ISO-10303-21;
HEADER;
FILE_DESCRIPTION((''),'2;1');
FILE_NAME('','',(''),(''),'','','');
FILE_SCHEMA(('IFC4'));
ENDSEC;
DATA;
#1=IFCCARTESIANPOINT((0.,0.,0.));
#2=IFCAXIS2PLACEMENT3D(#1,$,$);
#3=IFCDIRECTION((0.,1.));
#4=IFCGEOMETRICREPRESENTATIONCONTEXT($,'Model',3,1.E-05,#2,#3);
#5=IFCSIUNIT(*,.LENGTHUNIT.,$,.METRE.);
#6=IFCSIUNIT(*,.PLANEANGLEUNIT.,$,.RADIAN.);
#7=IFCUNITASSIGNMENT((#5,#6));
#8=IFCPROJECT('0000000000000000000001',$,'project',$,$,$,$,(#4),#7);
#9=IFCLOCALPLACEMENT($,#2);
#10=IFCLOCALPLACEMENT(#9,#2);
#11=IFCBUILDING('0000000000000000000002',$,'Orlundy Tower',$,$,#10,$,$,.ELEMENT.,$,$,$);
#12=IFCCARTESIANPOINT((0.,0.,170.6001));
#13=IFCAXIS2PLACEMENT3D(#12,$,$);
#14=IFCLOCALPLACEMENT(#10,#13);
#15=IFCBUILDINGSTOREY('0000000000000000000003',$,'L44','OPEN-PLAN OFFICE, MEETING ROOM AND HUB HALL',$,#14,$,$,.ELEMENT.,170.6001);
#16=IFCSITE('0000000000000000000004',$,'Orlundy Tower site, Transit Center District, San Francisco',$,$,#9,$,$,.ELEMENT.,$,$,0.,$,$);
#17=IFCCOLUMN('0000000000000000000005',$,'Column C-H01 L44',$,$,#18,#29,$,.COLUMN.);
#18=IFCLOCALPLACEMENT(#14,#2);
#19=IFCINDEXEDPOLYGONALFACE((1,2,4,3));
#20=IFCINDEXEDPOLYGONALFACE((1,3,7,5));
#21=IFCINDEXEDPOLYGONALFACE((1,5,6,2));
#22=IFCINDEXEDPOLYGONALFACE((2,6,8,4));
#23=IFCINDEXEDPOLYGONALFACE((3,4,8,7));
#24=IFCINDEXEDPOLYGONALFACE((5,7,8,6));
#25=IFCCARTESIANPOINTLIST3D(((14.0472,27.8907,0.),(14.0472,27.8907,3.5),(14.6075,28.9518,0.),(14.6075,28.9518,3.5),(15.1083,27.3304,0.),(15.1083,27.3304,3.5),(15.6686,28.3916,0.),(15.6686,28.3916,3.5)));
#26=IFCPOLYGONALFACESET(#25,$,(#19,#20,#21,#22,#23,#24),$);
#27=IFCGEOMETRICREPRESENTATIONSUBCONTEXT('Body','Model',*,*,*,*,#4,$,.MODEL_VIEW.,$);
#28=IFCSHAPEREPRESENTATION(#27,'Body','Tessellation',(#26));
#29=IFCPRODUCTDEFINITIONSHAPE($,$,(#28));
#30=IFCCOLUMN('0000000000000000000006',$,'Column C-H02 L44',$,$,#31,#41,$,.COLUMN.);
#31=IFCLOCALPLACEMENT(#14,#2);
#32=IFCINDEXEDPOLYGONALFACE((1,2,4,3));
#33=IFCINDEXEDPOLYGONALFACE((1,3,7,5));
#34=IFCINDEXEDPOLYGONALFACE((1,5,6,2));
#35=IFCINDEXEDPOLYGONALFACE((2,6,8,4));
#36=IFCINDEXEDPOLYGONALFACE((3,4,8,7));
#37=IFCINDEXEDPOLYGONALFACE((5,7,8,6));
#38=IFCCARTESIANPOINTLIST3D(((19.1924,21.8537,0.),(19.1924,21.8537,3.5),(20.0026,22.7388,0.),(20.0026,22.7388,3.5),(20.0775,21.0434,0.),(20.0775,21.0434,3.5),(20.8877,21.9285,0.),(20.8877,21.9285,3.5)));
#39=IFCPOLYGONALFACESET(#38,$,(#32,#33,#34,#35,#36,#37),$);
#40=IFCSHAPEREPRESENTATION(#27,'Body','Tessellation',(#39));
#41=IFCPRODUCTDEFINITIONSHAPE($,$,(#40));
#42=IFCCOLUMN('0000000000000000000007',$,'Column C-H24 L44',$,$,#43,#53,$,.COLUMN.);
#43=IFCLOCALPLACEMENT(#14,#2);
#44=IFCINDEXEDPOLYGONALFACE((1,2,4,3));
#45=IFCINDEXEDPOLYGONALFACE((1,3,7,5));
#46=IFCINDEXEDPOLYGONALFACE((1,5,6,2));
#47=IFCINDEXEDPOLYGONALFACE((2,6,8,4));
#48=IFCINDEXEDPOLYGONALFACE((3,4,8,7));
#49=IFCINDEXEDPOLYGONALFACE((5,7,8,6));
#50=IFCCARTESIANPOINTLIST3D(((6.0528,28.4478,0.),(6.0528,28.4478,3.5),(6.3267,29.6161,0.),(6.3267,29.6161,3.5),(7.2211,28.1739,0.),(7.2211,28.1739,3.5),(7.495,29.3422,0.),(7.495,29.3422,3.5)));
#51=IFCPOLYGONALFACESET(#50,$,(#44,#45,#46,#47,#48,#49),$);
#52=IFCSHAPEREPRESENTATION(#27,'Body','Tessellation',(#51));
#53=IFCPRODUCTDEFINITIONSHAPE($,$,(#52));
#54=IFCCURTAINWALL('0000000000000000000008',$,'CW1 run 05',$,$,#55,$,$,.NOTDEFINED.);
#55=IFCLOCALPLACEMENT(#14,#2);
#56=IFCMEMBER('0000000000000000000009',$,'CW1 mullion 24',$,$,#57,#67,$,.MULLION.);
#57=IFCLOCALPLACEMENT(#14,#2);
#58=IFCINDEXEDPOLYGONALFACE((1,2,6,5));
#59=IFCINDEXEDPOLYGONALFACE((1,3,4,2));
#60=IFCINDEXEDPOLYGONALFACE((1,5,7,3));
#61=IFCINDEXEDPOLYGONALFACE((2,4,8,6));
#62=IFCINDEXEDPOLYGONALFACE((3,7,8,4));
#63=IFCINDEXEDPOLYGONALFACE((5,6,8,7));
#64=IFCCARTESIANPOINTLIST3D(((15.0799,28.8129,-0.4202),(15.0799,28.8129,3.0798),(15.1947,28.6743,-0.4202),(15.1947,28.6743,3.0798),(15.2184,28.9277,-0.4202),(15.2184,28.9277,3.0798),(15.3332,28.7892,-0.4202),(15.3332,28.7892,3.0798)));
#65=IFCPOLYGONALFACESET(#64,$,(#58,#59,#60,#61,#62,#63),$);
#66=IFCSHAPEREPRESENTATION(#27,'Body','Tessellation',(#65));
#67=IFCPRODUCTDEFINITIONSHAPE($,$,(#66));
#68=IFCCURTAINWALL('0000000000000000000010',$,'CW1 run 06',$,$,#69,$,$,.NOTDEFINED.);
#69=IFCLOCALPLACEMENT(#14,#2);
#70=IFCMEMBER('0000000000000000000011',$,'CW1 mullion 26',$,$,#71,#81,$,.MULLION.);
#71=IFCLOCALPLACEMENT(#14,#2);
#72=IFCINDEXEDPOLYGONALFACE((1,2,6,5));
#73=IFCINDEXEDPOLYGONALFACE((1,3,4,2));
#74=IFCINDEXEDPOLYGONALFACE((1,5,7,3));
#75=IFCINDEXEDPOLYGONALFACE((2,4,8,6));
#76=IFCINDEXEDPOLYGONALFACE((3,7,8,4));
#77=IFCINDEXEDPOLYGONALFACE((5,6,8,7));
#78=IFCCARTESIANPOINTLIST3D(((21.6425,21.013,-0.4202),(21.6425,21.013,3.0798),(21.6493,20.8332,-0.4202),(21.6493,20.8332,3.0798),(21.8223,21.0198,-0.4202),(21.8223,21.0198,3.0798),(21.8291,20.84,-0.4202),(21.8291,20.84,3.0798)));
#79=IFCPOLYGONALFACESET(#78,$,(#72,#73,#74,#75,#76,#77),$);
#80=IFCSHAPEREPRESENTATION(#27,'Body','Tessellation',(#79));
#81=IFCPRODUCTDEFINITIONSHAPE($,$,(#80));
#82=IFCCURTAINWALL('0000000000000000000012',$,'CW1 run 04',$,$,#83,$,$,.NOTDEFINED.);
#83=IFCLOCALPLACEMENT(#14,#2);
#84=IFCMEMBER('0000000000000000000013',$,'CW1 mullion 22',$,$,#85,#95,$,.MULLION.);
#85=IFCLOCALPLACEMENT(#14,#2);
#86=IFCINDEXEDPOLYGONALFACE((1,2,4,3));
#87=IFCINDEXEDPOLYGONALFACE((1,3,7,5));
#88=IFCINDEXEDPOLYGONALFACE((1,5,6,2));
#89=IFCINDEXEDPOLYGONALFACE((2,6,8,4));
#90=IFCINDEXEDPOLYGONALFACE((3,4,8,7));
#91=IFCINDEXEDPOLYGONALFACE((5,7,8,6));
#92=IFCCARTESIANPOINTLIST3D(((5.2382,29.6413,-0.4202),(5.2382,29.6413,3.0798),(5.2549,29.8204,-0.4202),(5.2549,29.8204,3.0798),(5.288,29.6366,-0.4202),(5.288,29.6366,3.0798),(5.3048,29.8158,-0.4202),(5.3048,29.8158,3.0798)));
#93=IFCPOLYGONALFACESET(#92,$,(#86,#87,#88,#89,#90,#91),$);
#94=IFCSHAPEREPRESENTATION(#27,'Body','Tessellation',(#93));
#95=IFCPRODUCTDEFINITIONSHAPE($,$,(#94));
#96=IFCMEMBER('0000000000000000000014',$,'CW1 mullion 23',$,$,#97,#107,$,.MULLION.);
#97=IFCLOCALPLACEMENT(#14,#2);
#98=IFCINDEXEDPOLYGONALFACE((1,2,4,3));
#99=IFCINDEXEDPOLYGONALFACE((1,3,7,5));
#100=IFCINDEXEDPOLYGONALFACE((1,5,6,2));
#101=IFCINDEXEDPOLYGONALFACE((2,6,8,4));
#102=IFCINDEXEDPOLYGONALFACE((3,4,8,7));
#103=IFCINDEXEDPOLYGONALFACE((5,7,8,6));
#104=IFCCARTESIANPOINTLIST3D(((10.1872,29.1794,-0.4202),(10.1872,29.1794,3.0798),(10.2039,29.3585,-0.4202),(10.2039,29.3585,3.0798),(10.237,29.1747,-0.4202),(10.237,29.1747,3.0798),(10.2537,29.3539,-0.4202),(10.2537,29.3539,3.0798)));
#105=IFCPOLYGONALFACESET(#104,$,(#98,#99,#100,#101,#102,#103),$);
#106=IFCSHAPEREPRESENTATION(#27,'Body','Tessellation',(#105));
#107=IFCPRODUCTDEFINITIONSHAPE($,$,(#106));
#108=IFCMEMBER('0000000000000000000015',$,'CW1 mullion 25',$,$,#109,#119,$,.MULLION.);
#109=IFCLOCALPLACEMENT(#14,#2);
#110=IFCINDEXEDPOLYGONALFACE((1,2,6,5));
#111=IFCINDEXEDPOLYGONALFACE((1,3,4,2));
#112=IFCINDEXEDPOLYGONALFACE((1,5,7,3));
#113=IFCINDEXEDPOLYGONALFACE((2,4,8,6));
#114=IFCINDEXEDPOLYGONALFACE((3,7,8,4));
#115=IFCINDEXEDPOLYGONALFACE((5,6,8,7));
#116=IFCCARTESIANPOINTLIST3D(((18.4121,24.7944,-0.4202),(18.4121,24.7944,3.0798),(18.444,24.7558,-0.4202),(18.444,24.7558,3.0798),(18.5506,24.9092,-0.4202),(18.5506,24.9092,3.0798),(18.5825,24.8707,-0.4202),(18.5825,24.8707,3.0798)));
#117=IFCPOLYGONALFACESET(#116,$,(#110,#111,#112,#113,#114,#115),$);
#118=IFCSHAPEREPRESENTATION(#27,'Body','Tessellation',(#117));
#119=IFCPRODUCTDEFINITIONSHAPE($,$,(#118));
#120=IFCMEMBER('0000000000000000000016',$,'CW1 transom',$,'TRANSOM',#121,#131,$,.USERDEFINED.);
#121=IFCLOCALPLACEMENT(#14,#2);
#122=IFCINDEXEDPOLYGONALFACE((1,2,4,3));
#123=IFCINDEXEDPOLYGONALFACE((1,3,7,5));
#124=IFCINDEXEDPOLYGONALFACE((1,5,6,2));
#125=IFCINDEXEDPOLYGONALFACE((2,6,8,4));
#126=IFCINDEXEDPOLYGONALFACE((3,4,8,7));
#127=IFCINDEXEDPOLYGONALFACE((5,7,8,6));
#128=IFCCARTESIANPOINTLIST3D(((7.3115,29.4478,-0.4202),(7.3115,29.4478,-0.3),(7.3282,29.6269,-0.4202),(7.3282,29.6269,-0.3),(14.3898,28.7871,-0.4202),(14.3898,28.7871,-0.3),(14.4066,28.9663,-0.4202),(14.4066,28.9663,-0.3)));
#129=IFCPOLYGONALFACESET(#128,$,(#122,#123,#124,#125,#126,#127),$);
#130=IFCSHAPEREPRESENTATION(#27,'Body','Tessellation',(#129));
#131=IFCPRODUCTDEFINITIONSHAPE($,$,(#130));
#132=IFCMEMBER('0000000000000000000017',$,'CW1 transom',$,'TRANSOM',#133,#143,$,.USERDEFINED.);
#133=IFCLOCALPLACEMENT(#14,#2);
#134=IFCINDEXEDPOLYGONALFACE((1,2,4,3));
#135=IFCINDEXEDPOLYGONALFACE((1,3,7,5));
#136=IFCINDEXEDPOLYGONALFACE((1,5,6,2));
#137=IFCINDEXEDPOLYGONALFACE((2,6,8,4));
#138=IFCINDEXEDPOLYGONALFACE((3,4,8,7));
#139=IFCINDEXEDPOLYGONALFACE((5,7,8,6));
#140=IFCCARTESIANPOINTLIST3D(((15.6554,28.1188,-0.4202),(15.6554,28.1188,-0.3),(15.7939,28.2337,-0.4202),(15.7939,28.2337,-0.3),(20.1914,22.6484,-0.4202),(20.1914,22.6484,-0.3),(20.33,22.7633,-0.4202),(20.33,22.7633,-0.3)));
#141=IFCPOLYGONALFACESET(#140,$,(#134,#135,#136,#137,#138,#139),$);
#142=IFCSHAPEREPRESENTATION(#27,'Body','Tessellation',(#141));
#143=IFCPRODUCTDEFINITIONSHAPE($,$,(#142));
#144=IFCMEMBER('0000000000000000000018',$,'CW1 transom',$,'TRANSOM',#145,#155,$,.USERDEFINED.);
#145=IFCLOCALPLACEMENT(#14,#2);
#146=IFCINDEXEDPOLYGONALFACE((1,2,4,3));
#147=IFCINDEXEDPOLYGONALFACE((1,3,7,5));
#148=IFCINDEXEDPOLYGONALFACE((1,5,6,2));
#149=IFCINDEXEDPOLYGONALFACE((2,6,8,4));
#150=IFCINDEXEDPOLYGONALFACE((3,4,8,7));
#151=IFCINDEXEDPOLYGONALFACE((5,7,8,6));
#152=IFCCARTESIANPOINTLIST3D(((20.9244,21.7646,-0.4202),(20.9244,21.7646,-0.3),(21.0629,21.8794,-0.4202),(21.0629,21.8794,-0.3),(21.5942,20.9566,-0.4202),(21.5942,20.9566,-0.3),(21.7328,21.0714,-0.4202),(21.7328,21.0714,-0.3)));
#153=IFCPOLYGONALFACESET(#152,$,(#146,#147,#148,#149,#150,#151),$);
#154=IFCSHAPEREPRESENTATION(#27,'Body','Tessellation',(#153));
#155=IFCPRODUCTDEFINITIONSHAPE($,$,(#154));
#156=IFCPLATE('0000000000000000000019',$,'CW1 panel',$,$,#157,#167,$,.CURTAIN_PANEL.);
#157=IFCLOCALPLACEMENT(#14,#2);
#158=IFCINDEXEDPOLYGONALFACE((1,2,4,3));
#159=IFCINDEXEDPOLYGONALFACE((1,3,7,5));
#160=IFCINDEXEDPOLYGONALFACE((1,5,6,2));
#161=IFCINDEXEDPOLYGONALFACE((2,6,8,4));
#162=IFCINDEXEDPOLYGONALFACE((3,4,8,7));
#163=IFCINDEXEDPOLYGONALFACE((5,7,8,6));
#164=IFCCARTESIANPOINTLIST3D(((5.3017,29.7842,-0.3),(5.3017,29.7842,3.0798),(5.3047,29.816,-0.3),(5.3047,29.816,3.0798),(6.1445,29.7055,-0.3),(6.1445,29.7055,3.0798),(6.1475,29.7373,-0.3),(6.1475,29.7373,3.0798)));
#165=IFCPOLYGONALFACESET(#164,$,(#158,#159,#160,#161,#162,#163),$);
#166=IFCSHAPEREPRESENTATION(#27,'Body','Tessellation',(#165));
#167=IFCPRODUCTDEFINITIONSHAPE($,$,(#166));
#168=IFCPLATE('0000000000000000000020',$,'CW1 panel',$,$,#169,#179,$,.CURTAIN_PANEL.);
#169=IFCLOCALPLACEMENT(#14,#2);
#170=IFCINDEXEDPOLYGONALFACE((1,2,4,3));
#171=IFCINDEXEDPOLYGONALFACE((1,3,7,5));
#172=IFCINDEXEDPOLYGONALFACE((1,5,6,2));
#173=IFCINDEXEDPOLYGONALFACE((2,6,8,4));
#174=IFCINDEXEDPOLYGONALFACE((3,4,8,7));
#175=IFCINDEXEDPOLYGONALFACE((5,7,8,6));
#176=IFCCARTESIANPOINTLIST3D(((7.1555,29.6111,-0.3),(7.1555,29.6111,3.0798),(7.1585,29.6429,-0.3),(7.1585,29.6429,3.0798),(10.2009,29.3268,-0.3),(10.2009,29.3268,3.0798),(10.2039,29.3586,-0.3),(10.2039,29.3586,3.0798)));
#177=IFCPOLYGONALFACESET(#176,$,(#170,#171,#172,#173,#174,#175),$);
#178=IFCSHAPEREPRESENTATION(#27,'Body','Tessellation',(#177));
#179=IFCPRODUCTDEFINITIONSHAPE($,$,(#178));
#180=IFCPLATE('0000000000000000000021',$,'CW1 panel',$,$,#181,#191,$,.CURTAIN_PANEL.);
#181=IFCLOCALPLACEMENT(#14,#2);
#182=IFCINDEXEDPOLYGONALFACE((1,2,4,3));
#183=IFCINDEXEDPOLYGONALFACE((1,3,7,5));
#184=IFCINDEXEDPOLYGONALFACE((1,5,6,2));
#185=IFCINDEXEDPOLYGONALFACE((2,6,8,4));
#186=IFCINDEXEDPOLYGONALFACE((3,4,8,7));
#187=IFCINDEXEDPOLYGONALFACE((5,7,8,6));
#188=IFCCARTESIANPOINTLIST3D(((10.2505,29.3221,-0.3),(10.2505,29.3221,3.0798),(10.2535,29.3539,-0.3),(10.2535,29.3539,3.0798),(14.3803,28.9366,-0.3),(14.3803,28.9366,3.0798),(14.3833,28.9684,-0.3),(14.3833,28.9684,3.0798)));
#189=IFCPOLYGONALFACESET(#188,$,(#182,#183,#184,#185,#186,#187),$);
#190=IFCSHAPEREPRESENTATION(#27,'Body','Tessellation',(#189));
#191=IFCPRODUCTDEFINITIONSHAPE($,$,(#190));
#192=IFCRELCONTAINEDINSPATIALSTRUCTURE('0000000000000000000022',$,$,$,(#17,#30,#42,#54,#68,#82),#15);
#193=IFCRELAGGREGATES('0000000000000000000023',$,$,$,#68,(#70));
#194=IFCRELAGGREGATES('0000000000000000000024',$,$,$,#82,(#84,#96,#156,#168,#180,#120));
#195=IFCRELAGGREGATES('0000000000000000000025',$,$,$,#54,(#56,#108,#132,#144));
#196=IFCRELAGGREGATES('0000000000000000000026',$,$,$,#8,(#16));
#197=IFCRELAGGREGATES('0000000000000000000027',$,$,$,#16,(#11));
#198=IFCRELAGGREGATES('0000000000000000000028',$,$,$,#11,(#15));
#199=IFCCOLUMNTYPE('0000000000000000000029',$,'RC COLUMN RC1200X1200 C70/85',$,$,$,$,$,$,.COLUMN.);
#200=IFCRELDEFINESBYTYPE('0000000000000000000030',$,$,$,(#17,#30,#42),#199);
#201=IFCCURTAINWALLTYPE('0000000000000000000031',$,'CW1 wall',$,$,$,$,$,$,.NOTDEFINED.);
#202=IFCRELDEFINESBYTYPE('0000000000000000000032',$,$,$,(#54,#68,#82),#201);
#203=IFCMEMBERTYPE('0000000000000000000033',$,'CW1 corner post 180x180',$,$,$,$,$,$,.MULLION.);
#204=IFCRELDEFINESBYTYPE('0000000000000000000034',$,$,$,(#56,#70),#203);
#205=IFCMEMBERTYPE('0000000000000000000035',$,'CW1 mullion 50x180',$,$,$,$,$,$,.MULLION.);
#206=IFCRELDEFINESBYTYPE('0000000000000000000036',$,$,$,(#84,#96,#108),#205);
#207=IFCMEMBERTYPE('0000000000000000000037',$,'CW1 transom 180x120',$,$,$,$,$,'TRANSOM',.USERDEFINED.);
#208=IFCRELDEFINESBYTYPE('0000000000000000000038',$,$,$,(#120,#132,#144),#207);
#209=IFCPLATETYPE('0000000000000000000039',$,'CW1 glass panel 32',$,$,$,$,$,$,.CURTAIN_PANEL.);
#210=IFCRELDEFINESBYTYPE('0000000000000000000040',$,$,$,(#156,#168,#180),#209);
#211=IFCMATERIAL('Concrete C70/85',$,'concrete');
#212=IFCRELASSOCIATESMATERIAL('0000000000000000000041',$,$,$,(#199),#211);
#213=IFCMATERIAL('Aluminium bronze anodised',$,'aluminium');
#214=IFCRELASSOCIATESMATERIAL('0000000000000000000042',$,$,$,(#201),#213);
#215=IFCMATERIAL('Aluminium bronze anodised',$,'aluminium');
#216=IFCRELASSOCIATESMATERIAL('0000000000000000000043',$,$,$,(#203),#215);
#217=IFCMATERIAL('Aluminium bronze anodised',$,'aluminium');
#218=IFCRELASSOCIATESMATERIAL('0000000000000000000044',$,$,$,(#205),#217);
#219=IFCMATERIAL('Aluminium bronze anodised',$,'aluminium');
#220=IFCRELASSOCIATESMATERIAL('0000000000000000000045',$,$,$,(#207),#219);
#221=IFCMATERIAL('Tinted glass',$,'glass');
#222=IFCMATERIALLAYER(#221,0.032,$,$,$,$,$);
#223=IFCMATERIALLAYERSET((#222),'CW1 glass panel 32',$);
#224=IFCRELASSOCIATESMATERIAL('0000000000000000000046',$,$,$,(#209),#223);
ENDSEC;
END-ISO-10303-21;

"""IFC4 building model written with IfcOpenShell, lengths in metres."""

from ifc_helpers import new_model, si_unit, direction, frame, origin, origin_2d, place, context, subcontext, project, spatial, rectangle, extrude, material, layer, layer_set, material_profile, profile_set, type_object, element, aggregate, save


model = new_model("IFC4")

# Units and contexts
model_context = context("Model", 3, precision=1e-05, world=origin(), true_north=direction((0.0, 1.0)))
body_context = subcontext(model_context, "Body", "Model", "MODEL_VIEW")
ifc_project = project(units=[si_unit("LENGTHUNIT", "METRE"), si_unit("PLANEANGLEUNIT", "RADIAN")], contexts=[model_context])

# Site, building, storey
site_placement = place(None, origin())
site = spatial("IfcSite", under=ifc_project, at=site_placement, Name="Orlundy Tower site, Transit Center District, San Francisco", CompositionType="ELEMENT", RefElevation=0.0)
building_placement = place(site_placement, origin())
building = spatial("IfcBuilding", under=site, at=building_placement, Name="Orlundy Tower", CompositionType="ELEMENT")
storey_placement = place(building_placement, frame((0.0, 0.0, 170.6001)))
storey = spatial("IfcBuildingStorey", under=building, at=storey_placement, Name="L44", Description="OPEN-PLAN OFFICE, MEETING ROOM AND HUB HALL", CompositionType="ELEMENT", Elevation=170.6001)

# Columns
ifc_material_1 = material(Name="Concrete C70/85", Category="concrete")
ifc_material_profile_1 = material_profile(ifc_material_1, rectangle(XDim=1.2, YDim=1.2, at=origin_2d()), Name="RC1200X1200")
ifc_profile_set_1 = profile_set([ifc_material_profile_1], Name="Concrete C70/85")
column_type = type_object("IfcColumnType", Name="RC COLUMN RC1200X1200 C70/85", PredefinedType="COLUMN", material=ifc_profile_set_1)
for number, where, z_axis, x_axis, name in (
    (1, (14.8579, 28.1411, 0.0), (0.0, 0.0, 1.0), (0.466896, 0.884312, 0.0), "Column C-H01 L44"),
    (2, (20.04, 21.8911, 0.0), (0.0, 0.0, 1.0), (0.67523, 0.737607, 0.0), "Column C-H02 L44"),
    (3, (6.7739, 28.895, 0.0), (0.0, 0.0, 1.0), (0.228249, 0.973603, 0.0), "Column C-H24 L44"),
):
    element("IfcColumn", number, at=place(storey_placement, frame(where, z_axis=z_axis, x_axis=x_axis)), inside=storey, type_object=column_type, Name=name, PredefinedType="COLUMN", context=body_context, shape_type="SweptSolid", body=[
        extrude(rectangle(XDim=1.2, YDim=1.2, at=origin_2d()), origin(), (0.0, 0.0, 1.0), 3.5),
    ])

# Curtain walls, members
ifc_material_2 = material(Name="Aluminium bronze anodised", Category="aluminium")
curtain_wall_type = type_object("IfcCurtainWallType", Name="CW1 wall", PredefinedType="NOTDEFINED", material=ifc_material_2)
curtain_wall_1_placement = place(storey_placement, origin())
curtain_wall_1 = element("IfcCurtainWall", 4, at=curtain_wall_1_placement, inside=storey, type_object=curtain_wall_type, Name="CW1 run 05", PredefinedType="NOTDEFINED")
ifc_material_3 = material(Name="Aluminium bronze anodised", Category="aluminium")
ifc_material_profile_2 = material_profile(ifc_material_3, rectangle(XDim=0.1799, YDim=0.1799, at=origin_2d()), Name="CW1 corner post 180x180")
ifc_profile_set_2 = profile_set([ifc_material_profile_2], Name="Aluminium bronze anodised")
member_type_1 = type_object("IfcMemberType", Name="CW1 corner post 180x180", PredefinedType="MULLION", material=ifc_profile_set_2)
member_1_placement = place(storey_placement, frame((15.2065, 28.801, -0.4202), z_axis=(0.0, 0.0, 1.0), x_axis=(0.769788, 0.638299, 0.0)))
member_1 = element("IfcMember", 5, at=member_1_placement, type_object=member_type_1, Name="CW1 mullion 24", PredefinedType="MULLION", context=body_context, shape_type="SweptSolid", body=[
    extrude(rectangle(XDim=0.1799, YDim=0.1799, at=origin_2d()), origin(), (0.0, 0.0, 1.0), 3.5),
])
curtain_wall_2_placement = place(storey_placement, origin())
curtain_wall_2 = element("IfcCurtainWall", 6, at=curtain_wall_2_placement, inside=storey, type_object=curtain_wall_type, Name="CW1 run 06", PredefinedType="NOTDEFINED")
member_2_placement = place(storey_placement, frame((21.7358, 20.9265, -0.4202), z_axis=(0.0, 0.0, 1.0), x_axis=(-0.037837, 0.999284, 0.0)))
member_2 = element("IfcMember", 7, at=member_2_placement, type_object=member_type_1, Name="CW1 mullion 26", PredefinedType="MULLION", context=body_context, shape_type="SweptSolid", body=[
    extrude(rectangle(XDim=0.1799, YDim=0.1799, at=origin_2d()), origin(), (0.0, 0.0, 1.0), 3.5),
])
aggregate(curtain_wall_2, [member_2])

# Curtain wall, members
curtain_wall_3_placement = place(storey_placement, origin())
curtain_wall_3 = element("IfcCurtainWall", 8, at=curtain_wall_3_placement, inside=storey, type_object=curtain_wall_type, Name="CW1 run 04", PredefinedType="NOTDEFINED")
ifc_material_4 = material(Name="Aluminium bronze anodised", Category="aluminium")
ifc_material_profile_3 = material_profile(ifc_material_4, rectangle(XDim=0.1799, YDim=0.05, at=origin_2d()), Name="CW1 mullion 50x180")
ifc_profile_set_3 = profile_set([ifc_material_profile_3], Name="Aluminium bronze anodised")
member_type_2 = type_object("IfcMemberType", Name="CW1 mullion 50x180", PredefinedType="MULLION", material=ifc_profile_set_3)
member_3_placement = place(storey_placement, frame((5.2715, 29.7285, -0.4202), z_axis=(0.0, 0.0, 1.0), x_axis=(0.092948, 0.995671, 0.0)))
member_3 = element("IfcMember", 9, at=member_3_placement, type_object=member_type_2, Name="CW1 mullion 22", PredefinedType="MULLION", context=body_context, shape_type="SweptSolid", body=[
    extrude(rectangle(XDim=0.1799, YDim=0.05, at=origin_2d()), origin(), (0.0, 0.0, 1.0), 3.5),
])
member_4_placement = place(storey_placement, frame((10.2205, 29.2666, -0.4202), z_axis=(0.0, 0.0, 1.0), x_axis=(0.092948, 0.995671, 0.0)))
member_4 = element("IfcMember", 10, at=member_4_placement, type_object=member_type_2, Name="CW1 mullion 23", PredefinedType="MULLION", context=body_context, shape_type="SweptSolid", body=[
    extrude(rectangle(XDim=0.1799, YDim=0.05, at=origin_2d()), origin(), (0.0, 0.0, 1.0), 3.5),
])

# Members
member_5_placement = place(storey_placement, frame((18.4973, 24.8325, -0.4202), z_axis=(0.0, 0.0, 1.0), x_axis=(0.769788, 0.638299, 0.0)))
member_5 = element("IfcMember", 11, at=member_5_placement, type_object=member_type_2, Name="CW1 mullion 25", PredefinedType="MULLION", context=body_context, shape_type="SweptSolid", body=[
    extrude(rectangle(XDim=0.1799, YDim=0.05, at=origin_2d()), origin(), (0.0, 0.0, 1.0), 3.5),
])
ifc_material_5 = material(Name="Aluminium bronze anodised", Category="aluminium")
ifc_material_profile_4 = material_profile(ifc_material_5, rectangle(XDim=0.1799, YDim=0.1201, at=origin_2d()), Name="CW1 transom 180x120")
ifc_profile_set_4 = profile_set([ifc_material_profile_4], Name="Aluminium bronze anodised")
member_type_3 = type_object("IfcMemberType", Name="CW1 transom 180x120", ElementType="TRANSOM", PredefinedType="USERDEFINED", material=ifc_profile_set_4)
member_6_placement = place(storey_placement, frame((7.3198, 29.5374, -0.3601), z_axis=(0.995673, -0.092929, 0.0), x_axis=(0.092929, 0.995673, 0.0)))
member_6 = element("IfcMember", 12, at=member_6_placement, type_object=member_type_3, Name="CW1 transom", ObjectType="TRANSOM", PredefinedType="USERDEFINED", context=body_context, shape_type="SweptSolid", body=[
    extrude(rectangle(XDim=0.1799, YDim=0.1201, at=origin_2d()), origin(), (0.0, 0.0, 1.0), 7.1091),
])
member_7_placement = place(storey_placement, frame((15.7246, 28.1763, -0.3601), z_axis=(0.638307, -0.769782, 0.0), x_axis=(0.769782, 0.638307, 0.0)))
member_7 = element("IfcMember", 13, at=member_7_placement, type_object=member_type_3, Name="CW1 transom", ObjectType="TRANSOM", PredefinedType="USERDEFINED", context=body_context, shape_type="SweptSolid", body=[
    extrude(rectangle(XDim=0.1799, YDim=0.1201, at=origin_2d()), origin(), (0.0, 0.0, 1.0), 7.1064),
])
member_8_placement = place(storey_placement, frame((20.9937, 21.822, -0.3601), z_axis=(0.638215, -0.769858, 0.0), x_axis=(0.769858, 0.638215, 0.0)))
member_8 = element("IfcMember", 14, at=member_8_placement, type_object=member_type_3, Name="CW1 transom", ObjectType="TRANSOM", PredefinedType="USERDEFINED", context=body_context, shape_type="SweptSolid", body=[
    extrude(rectangle(XDim=0.1799, YDim=0.1201, at=origin_2d()), origin(), (0.0, 0.0, 1.0), 1.0496),
])

# Plates
ifc_material_6 = material(Name="Tinted glass", Category="glass")
ifc_layer_1 = layer(ifc_material_6, 0.032)
ifc_layer_set_1 = layer_set([ifc_layer_1], Name="CW1 glass panel 32")
plate_type = type_object("IfcPlateType", Name="CW1 glass panel 32", PredefinedType="CURTAIN_PANEL", material=ifc_layer_set_1)
plate_1_placement = place(storey_placement, frame((5.7246, 29.7607, -0.3), z_axis=(0.0, 0.0, 1.0), x_axis=(0.995671, -0.092948, 0.0)))
plate_1 = element("IfcPlate", 15, at=plate_1_placement, type_object=plate_type, Name="CW1 panel", PredefinedType="CURTAIN_PANEL", context=body_context, shape_type="SweptSolid", body=[
    extrude(rectangle(XDim=0.8464, YDim=0.032, at=origin_2d()), origin(), (0.0, 0.0, 1.0), 3.3799),
])
plate_2_placement = place(storey_placement, frame((8.6797, 29.4849, -0.3), z_axis=(0.0, 0.0, 1.0), x_axis=(0.995671, -0.092948, 0.0)))
plate_2 = element("IfcPlate", 16, at=plate_2_placement, type_object=plate_type, Name="CW1 panel", PredefinedType="CURTAIN_PANEL", context=body_context, shape_type="SweptSolid", body=[
    extrude(rectangle(XDim=3.0586, YDim=0.032, at=origin_2d()), origin(), (0.0, 0.0, 1.0), 3.3799),
])
plate_3_placement = place(storey_placement, frame((12.3169, 29.1453, -0.3), z_axis=(0.0, 0.0, 1.0), x_axis=(0.995671, -0.092948, 0.0)))
plate_3 = element("IfcPlate", 17, at=plate_3_placement, type_object=plate_type, Name="CW1 panel", PredefinedType="CURTAIN_PANEL", context=body_context, shape_type="SweptSolid", body=[
    extrude(rectangle(XDim=4.1477, YDim=0.032, at=origin_2d()), origin(), (0.0, 0.0, 1.0), 3.3799),
])
aggregate(curtain_wall_3, [member_3, member_4, plate_1, plate_2, plate_3, member_6])
aggregate(curtain_wall_1, [member_1, member_5, member_7, member_8])

save(model, "model.ifc")
